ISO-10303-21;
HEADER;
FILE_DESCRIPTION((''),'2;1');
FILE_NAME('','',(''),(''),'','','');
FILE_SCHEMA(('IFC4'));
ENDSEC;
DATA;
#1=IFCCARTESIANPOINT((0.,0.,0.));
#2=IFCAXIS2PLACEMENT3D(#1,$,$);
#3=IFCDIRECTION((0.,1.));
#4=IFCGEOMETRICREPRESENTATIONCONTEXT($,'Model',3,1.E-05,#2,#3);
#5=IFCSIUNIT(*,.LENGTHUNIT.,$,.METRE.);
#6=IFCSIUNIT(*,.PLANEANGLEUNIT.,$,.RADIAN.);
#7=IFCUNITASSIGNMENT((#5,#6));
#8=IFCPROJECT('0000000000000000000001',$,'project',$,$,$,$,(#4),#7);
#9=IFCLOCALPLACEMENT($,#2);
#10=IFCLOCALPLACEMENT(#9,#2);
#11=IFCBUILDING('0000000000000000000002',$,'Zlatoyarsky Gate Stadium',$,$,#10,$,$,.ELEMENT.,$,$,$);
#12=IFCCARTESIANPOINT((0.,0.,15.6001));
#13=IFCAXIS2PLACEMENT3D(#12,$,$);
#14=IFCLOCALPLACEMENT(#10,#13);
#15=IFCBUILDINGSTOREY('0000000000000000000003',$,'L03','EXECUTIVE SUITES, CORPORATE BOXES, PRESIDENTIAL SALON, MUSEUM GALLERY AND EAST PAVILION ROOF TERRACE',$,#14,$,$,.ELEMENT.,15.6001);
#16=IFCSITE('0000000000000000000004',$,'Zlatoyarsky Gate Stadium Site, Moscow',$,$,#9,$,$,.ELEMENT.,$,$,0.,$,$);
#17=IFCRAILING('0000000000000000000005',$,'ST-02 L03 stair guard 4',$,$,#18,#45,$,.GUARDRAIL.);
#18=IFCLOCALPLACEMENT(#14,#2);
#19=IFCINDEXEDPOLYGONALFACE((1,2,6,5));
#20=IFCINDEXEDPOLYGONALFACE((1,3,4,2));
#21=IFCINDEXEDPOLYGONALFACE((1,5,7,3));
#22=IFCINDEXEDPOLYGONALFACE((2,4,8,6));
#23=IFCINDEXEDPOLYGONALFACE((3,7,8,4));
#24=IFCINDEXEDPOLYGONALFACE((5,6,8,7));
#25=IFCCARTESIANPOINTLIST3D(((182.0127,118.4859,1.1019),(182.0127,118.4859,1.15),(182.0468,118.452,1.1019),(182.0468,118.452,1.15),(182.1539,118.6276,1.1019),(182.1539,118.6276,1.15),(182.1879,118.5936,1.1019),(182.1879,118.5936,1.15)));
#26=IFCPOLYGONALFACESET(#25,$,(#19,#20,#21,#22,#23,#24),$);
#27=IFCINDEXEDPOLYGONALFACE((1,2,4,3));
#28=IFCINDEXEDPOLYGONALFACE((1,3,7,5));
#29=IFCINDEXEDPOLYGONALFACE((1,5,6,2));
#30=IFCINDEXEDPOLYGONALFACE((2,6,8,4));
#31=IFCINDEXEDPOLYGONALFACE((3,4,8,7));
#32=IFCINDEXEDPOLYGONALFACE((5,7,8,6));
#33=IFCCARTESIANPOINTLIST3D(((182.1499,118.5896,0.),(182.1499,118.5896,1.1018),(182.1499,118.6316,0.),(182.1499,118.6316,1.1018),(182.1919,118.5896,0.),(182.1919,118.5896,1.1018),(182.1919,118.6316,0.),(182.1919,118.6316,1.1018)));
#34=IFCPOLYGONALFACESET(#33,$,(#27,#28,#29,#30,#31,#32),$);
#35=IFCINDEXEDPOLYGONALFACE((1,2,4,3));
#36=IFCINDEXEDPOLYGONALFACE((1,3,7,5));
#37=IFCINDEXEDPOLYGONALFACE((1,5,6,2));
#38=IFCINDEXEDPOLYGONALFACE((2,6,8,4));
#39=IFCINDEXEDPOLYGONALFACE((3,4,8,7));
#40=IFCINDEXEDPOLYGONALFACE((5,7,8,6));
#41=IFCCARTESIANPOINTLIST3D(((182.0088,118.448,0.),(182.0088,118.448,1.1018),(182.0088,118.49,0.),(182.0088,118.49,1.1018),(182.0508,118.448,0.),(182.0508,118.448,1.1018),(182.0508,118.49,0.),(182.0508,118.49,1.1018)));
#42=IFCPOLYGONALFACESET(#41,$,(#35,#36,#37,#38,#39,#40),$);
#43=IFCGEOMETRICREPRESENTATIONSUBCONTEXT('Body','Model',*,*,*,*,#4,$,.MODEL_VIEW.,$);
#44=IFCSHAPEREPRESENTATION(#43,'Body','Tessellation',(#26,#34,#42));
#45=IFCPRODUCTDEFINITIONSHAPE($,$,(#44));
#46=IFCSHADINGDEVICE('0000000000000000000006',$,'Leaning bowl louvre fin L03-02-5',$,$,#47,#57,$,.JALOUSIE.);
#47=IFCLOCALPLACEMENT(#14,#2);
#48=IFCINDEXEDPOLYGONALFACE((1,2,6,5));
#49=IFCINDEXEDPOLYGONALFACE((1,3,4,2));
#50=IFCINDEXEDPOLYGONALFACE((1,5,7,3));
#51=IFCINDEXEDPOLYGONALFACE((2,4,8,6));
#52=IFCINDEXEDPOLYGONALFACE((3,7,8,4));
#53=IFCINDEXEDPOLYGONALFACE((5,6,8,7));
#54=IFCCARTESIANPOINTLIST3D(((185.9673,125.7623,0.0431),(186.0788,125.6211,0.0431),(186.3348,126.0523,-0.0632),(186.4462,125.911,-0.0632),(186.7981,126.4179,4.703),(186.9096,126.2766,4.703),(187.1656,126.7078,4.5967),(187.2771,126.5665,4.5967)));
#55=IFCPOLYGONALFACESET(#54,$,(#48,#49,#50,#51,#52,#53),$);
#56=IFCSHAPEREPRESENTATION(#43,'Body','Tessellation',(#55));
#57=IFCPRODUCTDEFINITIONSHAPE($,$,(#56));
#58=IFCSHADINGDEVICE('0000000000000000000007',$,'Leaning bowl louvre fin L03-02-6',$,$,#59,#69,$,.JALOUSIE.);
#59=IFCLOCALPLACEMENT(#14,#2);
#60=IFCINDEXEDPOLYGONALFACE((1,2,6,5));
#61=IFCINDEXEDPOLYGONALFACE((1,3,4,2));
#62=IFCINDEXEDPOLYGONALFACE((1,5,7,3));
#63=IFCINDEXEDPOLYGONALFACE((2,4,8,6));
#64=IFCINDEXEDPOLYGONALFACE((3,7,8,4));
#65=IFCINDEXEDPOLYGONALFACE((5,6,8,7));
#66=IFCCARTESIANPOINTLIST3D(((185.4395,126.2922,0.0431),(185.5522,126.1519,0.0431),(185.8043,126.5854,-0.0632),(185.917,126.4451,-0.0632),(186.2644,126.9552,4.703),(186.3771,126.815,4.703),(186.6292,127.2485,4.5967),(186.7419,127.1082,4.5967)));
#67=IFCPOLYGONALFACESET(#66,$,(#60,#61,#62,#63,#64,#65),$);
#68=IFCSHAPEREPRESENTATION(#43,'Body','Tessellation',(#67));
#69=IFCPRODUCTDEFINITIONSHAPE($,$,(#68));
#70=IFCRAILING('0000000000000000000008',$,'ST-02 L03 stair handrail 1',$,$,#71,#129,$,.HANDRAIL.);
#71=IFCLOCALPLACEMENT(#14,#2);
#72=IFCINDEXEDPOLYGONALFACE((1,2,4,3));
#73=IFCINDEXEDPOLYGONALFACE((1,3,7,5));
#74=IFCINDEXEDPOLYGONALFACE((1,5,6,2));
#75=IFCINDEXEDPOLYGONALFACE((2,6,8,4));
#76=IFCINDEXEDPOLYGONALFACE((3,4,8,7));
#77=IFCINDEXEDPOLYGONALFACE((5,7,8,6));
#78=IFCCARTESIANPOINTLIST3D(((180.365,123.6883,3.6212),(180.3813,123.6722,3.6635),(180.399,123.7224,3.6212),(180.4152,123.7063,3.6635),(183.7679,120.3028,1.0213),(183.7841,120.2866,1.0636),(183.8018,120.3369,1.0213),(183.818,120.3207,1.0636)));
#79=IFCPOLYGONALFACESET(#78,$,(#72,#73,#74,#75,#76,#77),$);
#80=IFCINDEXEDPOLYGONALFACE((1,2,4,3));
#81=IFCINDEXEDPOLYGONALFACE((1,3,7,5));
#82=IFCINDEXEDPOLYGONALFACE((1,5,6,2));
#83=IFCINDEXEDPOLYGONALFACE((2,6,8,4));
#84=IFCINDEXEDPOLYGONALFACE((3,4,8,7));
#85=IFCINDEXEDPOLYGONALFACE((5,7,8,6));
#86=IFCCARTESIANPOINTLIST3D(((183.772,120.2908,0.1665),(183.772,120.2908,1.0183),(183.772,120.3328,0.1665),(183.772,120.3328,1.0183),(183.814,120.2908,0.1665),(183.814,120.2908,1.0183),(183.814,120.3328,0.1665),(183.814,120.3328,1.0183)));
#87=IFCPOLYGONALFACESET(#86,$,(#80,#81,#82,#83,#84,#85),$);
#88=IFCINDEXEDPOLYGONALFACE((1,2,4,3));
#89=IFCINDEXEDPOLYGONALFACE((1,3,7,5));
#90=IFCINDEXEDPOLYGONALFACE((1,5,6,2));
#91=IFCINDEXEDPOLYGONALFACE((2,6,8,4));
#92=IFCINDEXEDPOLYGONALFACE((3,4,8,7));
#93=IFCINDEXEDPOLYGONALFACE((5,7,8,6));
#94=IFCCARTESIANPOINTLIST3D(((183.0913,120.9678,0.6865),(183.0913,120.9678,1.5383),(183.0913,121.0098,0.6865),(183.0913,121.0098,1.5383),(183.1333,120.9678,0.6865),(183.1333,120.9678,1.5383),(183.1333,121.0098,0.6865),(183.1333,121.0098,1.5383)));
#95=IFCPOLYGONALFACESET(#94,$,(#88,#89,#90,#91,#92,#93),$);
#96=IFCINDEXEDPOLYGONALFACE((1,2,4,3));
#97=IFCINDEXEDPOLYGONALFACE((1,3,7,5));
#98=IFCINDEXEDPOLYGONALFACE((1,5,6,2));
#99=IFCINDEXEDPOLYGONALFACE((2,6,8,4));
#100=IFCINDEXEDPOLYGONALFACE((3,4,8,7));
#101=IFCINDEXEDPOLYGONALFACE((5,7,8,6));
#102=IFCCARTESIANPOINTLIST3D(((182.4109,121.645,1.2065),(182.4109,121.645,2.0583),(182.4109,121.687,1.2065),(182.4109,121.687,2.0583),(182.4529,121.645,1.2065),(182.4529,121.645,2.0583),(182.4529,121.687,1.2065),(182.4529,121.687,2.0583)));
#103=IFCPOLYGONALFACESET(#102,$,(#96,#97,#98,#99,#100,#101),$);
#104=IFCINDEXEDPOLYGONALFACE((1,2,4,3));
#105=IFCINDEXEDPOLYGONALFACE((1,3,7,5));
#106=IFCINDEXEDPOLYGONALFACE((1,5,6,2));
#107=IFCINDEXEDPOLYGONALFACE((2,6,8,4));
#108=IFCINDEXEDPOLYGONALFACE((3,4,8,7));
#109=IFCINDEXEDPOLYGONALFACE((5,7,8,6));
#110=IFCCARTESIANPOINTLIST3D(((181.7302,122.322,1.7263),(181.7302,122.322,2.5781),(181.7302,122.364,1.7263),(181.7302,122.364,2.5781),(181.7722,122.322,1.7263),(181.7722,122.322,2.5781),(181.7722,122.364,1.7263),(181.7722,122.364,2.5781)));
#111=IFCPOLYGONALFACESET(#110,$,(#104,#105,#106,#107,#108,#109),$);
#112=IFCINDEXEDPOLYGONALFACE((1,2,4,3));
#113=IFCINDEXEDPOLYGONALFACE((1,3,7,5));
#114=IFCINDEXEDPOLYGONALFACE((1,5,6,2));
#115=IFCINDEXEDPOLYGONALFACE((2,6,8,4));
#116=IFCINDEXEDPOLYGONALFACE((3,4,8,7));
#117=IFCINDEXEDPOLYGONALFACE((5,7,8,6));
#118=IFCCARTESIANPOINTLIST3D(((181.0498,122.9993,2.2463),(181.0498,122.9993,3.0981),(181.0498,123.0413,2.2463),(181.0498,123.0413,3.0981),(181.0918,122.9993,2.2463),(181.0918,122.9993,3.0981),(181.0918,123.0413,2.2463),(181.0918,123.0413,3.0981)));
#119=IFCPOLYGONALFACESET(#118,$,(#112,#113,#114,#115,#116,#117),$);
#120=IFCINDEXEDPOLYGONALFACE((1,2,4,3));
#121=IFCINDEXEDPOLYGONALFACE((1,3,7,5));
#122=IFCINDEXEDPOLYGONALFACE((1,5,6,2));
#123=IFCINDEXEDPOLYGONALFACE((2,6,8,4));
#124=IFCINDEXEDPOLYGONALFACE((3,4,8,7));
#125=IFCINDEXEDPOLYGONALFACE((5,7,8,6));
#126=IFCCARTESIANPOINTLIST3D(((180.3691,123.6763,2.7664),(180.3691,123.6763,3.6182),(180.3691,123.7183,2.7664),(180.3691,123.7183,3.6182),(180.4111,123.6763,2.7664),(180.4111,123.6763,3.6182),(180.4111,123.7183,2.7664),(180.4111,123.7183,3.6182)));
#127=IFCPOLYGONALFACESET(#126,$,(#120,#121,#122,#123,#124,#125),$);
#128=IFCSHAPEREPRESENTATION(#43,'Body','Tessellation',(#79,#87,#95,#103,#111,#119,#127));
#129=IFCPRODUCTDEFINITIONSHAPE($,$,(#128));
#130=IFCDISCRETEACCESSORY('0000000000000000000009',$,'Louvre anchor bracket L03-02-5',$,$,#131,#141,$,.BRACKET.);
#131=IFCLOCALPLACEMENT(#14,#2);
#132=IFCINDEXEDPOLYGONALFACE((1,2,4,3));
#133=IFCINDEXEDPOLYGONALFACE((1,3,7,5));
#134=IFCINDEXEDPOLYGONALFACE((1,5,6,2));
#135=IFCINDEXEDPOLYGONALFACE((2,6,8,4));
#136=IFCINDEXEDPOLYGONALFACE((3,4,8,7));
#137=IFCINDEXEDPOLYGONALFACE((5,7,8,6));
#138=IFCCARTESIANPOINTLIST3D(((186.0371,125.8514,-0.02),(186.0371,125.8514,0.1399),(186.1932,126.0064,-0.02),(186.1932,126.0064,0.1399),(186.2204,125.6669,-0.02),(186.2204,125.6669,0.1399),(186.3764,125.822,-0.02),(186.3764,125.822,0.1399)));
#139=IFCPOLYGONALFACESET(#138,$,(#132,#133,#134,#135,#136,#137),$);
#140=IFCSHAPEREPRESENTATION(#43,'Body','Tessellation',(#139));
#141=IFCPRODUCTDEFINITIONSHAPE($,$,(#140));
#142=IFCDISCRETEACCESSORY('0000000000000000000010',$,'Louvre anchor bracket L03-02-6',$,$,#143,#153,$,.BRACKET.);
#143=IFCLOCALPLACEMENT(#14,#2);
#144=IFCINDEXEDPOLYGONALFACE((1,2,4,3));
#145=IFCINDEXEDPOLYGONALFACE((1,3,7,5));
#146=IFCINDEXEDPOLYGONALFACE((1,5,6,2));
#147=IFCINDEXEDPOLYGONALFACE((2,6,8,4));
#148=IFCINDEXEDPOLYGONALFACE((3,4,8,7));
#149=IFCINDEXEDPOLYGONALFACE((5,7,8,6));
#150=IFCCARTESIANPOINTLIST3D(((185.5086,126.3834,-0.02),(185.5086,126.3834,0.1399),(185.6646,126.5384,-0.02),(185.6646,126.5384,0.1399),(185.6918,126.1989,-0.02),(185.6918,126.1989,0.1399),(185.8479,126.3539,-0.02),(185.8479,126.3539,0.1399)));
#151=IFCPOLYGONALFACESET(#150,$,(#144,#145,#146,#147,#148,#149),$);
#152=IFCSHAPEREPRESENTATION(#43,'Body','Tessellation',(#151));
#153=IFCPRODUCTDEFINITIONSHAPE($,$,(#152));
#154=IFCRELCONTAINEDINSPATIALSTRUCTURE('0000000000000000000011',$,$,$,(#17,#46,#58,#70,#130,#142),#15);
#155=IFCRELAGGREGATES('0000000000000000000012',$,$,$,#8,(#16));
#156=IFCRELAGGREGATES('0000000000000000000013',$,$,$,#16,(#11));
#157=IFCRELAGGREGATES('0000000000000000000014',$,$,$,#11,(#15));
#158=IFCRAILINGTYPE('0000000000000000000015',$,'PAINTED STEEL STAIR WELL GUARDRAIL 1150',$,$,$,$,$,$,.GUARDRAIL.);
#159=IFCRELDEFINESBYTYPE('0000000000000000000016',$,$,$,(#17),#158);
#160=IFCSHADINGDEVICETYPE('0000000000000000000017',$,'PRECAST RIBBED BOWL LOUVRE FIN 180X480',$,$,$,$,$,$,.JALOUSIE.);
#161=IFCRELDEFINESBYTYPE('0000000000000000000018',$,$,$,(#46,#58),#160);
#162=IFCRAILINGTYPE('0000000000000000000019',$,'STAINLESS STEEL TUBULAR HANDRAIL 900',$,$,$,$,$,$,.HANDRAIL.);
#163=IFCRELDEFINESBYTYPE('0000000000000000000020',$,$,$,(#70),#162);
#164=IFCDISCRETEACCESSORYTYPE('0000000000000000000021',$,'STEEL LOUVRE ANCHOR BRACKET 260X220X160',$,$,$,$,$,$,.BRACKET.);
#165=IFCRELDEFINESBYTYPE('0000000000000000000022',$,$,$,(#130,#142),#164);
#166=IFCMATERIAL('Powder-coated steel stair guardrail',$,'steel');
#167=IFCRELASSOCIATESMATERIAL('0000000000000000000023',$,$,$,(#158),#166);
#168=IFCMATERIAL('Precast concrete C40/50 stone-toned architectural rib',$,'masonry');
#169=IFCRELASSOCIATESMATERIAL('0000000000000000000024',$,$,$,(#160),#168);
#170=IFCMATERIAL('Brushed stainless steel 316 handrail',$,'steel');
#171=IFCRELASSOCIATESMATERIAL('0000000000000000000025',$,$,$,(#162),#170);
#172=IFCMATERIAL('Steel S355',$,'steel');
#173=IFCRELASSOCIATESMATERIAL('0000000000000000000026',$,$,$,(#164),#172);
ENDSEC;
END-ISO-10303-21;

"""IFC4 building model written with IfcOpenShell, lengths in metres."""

from ifc_helpers import new_model, si_unit, direction, frame, origin, origin_2d, place, context, subcontext, project, spatial, rectangle, extrude, material, material_profile, profile_set, type_object, element, save


model = new_model("IFC4")

# Units and contexts
model_context = context("Model", 3, precision=1e-05, world=origin(), true_north=direction((0.0, 1.0)))
body_context = subcontext(model_context, "Body", "Model", "MODEL_VIEW")
ifc_project = project(units=[si_unit("LENGTHUNIT", "METRE"), si_unit("PLANEANGLEUNIT", "RADIAN")], contexts=[model_context])

# Site, building, storey
site_placement = place(None, origin())
site = spatial("IfcSite", under=ifc_project, at=site_placement, Name="Zlatoyarsky Gate Stadium Site, Moscow", CompositionType="ELEMENT", RefElevation=0.0)
building_placement = place(site_placement, origin())
building = spatial("IfcBuilding", under=site, at=building_placement, Name="Zlatoyarsky Gate Stadium", CompositionType="ELEMENT")
storey_placement = place(building_placement, frame((0.0, 0.0, 15.6001)))
storey = spatial("IfcBuildingStorey", under=building, at=storey_placement, Name="L03", Description="EXECUTIVE SUITES, CORPORATE BOXES, PRESIDENTIAL SALON, MUSEUM GALLERY AND EAST PAVILION ROOF TERRACE", CompositionType="ELEMENT", Elevation=15.6001)

# Railing
ifc_material_1 = material(Name="Powder-coated steel stair guardrail", Category="steel")
railing_type_1 = type_object("IfcRailingType", Name="PAINTED STEEL STAIR WELL GUARDRAIL 1150", PredefinedType="GUARDRAIL", material=ifc_material_1)
railing_1_placement = place(storey_placement, frame((182.1709, 118.6106, 0.0)))
element("IfcRailing", 1, at=railing_1_placement, inside=storey, type_object=railing_type_1, Name="ST-02 L03 stair guard 4", PredefinedType="GUARDRAIL", context=body_context, shape_type="SweptSolid", body=[
    extrude(rectangle(XDim=0.0481, YDim=0.0481, at=origin_2d()), frame((0.0, 0.0, 1.126), z_axis=(-0.705884, -0.708327, 0.0), x_axis=(0.708327, -0.705884, 0.0)), (0.0, 0.0, 1.0), 0.2),
    extrude(rectangle(XDim=0.042, YDim=0.042, at=origin_2d()), origin(), (0.0, 0.0, 1.0), 1.1018),
    extrude(rectangle(XDim=0.042, YDim=0.042, at=origin_2d()), frame((-0.1411, -0.1416, 0.0)), (0.0, 0.0, 1.0), 1.1018),
])

# Shading devices
ifc_material_2 = material(Name="Precast concrete C40/50 stone-toned architectural rib", Category="masonry")
ifc_material_profile_1 = material_profile(ifc_material_2, rectangle(XDim=0.1799, YDim=0.48, at=origin_2d()), Name="RIB 180X480")
ifc_profile_set_1 = profile_set([ifc_material_profile_1], Name="Precast concrete C40/50 stone-toned architectural rib")
shading_device_type = type_object("IfcShadingDeviceType", Name="PRECAST RIBBED BOWL LOUVRE FIN 180X480", PredefinedType="JALOUSIE", material=ifc_profile_set_1)
for number, where, z_axis, x_axis, name in (
    (2, (186.2068, 125.8367, -0.01), (0.173862, 0.137179, 0.975169), (-0.61942, 0.78506, 0.0), "Leaning bowl louvre fin L03-02-5"),
    (3, (185.6782, 126.3687, -0.01), (0.172635, 0.138762, 0.975163), (-0.626494, 0.779426, 0.0), "Leaning bowl louvre fin L03-02-6"),
):
    element("IfcShadingDevice", number, at=place(storey_placement, frame(where, z_axis=z_axis, x_axis=x_axis)), inside=storey, type_object=shading_device_type, Name=name, PredefinedType="JALOUSIE", context=body_context, shape_type="SweptSolid", body=[
        extrude(rectangle(XDim=0.1799, YDim=0.48, at=origin_2d()), origin(), (0.0, 0.0, 1.0), 4.7786),
    ])

# Railing
ifc_material_3 = material(Name="Brushed stainless steel 316 handrail", Category="steel")
railing_type_2 = type_object("IfcRailingType", Name="STAINLESS STEEL TUBULAR HANDRAIL 900", PredefinedType="HANDRAIL", material=ifc_material_3)
railing_2_placement = place(storey_placement, frame((183.793, 120.3118, 0.1665)))
element("IfcRailing", 4, at=railing_2_placement, inside=storey, type_object=railing_type_2, Name="ST-02 L03 stair handrail 1", PredefinedType="HANDRAIL", context=body_context, shape_type="SweptSolid", body=[
    extrude(rectangle(XDim=0.0481, YDim=0.0481, at=origin_2d()), frame((0.0, 0.0, 0.876), z_axis=(-0.62335, 0.620174, 0.476256), x_axis=(-0.705299, -0.70891, 0.0)), (0.0, 0.0, 1.0), 5.459),
    extrude(rectangle(XDim=0.042, YDim=0.042, at=origin_2d()), origin(), (0.0, 0.0, 1.0), 0.8518),
    extrude(rectangle(XDim=0.042, YDim=0.042, at=origin_2d()), frame((-0.6807, 0.677, 0.52)), (0.0, 0.0, 1.0), 0.8518),
    extrude(rectangle(XDim=0.042, YDim=0.042, at=origin_2d()), frame((-1.3611, 1.3542, 1.04)), (0.0, 0.0, 1.0), 0.8518),
    extrude(rectangle(XDim=0.042, YDim=0.042, at=origin_2d()), frame((-2.0417, 2.0312, 1.5598)), (0.0, 0.0, 1.0), 0.8518),
    extrude(rectangle(XDim=0.042, YDim=0.042, at=origin_2d()), frame((-2.7222, 2.7085, 2.0798)), (0.0, 0.0, 1.0), 0.8518),
    extrude(rectangle(XDim=0.042, YDim=0.042, at=origin_2d()), frame((-3.4028, 3.3855, 2.5999)), (0.0, 0.0, 1.0), 0.8518),
])

# Discrete accessories
ifc_material_4 = material(Name="Steel S355", Category="steel")
discrete_accessory_type = type_object("IfcDiscreteAccessoryType", Name="STEEL LOUVRE ANCHOR BRACKET 260X220X160", PredefinedType="BRACKET", material=ifc_material_4)
for number, where, z_axis, x_axis, name in (
    (5, (186.2068, 125.8367, -0.02), (0.0, 0.0, 1.0), (-0.704815, 0.709391, 0.0), "Louvre anchor bracket L03-02-5"),
    (6, (185.6782, 126.3687, -0.02), (0.0, 0.0, 1.0), (-0.704815, 0.709391, 0.0), "Louvre anchor bracket L03-02-6"),
):
    element("IfcDiscreteAccessory", number, at=place(storey_placement, frame(where, z_axis=z_axis, x_axis=x_axis)), inside=storey, type_object=discrete_accessory_type, Name=name, PredefinedType="BRACKET", context=body_context, shape_type="SweptSolid", body=[
        extrude(rectangle(XDim=0.26, YDim=0.22, at=origin_2d()), origin(), (0.0, 0.0, 1.0), 0.1599),
    ])

save(model, "model.ifc")
